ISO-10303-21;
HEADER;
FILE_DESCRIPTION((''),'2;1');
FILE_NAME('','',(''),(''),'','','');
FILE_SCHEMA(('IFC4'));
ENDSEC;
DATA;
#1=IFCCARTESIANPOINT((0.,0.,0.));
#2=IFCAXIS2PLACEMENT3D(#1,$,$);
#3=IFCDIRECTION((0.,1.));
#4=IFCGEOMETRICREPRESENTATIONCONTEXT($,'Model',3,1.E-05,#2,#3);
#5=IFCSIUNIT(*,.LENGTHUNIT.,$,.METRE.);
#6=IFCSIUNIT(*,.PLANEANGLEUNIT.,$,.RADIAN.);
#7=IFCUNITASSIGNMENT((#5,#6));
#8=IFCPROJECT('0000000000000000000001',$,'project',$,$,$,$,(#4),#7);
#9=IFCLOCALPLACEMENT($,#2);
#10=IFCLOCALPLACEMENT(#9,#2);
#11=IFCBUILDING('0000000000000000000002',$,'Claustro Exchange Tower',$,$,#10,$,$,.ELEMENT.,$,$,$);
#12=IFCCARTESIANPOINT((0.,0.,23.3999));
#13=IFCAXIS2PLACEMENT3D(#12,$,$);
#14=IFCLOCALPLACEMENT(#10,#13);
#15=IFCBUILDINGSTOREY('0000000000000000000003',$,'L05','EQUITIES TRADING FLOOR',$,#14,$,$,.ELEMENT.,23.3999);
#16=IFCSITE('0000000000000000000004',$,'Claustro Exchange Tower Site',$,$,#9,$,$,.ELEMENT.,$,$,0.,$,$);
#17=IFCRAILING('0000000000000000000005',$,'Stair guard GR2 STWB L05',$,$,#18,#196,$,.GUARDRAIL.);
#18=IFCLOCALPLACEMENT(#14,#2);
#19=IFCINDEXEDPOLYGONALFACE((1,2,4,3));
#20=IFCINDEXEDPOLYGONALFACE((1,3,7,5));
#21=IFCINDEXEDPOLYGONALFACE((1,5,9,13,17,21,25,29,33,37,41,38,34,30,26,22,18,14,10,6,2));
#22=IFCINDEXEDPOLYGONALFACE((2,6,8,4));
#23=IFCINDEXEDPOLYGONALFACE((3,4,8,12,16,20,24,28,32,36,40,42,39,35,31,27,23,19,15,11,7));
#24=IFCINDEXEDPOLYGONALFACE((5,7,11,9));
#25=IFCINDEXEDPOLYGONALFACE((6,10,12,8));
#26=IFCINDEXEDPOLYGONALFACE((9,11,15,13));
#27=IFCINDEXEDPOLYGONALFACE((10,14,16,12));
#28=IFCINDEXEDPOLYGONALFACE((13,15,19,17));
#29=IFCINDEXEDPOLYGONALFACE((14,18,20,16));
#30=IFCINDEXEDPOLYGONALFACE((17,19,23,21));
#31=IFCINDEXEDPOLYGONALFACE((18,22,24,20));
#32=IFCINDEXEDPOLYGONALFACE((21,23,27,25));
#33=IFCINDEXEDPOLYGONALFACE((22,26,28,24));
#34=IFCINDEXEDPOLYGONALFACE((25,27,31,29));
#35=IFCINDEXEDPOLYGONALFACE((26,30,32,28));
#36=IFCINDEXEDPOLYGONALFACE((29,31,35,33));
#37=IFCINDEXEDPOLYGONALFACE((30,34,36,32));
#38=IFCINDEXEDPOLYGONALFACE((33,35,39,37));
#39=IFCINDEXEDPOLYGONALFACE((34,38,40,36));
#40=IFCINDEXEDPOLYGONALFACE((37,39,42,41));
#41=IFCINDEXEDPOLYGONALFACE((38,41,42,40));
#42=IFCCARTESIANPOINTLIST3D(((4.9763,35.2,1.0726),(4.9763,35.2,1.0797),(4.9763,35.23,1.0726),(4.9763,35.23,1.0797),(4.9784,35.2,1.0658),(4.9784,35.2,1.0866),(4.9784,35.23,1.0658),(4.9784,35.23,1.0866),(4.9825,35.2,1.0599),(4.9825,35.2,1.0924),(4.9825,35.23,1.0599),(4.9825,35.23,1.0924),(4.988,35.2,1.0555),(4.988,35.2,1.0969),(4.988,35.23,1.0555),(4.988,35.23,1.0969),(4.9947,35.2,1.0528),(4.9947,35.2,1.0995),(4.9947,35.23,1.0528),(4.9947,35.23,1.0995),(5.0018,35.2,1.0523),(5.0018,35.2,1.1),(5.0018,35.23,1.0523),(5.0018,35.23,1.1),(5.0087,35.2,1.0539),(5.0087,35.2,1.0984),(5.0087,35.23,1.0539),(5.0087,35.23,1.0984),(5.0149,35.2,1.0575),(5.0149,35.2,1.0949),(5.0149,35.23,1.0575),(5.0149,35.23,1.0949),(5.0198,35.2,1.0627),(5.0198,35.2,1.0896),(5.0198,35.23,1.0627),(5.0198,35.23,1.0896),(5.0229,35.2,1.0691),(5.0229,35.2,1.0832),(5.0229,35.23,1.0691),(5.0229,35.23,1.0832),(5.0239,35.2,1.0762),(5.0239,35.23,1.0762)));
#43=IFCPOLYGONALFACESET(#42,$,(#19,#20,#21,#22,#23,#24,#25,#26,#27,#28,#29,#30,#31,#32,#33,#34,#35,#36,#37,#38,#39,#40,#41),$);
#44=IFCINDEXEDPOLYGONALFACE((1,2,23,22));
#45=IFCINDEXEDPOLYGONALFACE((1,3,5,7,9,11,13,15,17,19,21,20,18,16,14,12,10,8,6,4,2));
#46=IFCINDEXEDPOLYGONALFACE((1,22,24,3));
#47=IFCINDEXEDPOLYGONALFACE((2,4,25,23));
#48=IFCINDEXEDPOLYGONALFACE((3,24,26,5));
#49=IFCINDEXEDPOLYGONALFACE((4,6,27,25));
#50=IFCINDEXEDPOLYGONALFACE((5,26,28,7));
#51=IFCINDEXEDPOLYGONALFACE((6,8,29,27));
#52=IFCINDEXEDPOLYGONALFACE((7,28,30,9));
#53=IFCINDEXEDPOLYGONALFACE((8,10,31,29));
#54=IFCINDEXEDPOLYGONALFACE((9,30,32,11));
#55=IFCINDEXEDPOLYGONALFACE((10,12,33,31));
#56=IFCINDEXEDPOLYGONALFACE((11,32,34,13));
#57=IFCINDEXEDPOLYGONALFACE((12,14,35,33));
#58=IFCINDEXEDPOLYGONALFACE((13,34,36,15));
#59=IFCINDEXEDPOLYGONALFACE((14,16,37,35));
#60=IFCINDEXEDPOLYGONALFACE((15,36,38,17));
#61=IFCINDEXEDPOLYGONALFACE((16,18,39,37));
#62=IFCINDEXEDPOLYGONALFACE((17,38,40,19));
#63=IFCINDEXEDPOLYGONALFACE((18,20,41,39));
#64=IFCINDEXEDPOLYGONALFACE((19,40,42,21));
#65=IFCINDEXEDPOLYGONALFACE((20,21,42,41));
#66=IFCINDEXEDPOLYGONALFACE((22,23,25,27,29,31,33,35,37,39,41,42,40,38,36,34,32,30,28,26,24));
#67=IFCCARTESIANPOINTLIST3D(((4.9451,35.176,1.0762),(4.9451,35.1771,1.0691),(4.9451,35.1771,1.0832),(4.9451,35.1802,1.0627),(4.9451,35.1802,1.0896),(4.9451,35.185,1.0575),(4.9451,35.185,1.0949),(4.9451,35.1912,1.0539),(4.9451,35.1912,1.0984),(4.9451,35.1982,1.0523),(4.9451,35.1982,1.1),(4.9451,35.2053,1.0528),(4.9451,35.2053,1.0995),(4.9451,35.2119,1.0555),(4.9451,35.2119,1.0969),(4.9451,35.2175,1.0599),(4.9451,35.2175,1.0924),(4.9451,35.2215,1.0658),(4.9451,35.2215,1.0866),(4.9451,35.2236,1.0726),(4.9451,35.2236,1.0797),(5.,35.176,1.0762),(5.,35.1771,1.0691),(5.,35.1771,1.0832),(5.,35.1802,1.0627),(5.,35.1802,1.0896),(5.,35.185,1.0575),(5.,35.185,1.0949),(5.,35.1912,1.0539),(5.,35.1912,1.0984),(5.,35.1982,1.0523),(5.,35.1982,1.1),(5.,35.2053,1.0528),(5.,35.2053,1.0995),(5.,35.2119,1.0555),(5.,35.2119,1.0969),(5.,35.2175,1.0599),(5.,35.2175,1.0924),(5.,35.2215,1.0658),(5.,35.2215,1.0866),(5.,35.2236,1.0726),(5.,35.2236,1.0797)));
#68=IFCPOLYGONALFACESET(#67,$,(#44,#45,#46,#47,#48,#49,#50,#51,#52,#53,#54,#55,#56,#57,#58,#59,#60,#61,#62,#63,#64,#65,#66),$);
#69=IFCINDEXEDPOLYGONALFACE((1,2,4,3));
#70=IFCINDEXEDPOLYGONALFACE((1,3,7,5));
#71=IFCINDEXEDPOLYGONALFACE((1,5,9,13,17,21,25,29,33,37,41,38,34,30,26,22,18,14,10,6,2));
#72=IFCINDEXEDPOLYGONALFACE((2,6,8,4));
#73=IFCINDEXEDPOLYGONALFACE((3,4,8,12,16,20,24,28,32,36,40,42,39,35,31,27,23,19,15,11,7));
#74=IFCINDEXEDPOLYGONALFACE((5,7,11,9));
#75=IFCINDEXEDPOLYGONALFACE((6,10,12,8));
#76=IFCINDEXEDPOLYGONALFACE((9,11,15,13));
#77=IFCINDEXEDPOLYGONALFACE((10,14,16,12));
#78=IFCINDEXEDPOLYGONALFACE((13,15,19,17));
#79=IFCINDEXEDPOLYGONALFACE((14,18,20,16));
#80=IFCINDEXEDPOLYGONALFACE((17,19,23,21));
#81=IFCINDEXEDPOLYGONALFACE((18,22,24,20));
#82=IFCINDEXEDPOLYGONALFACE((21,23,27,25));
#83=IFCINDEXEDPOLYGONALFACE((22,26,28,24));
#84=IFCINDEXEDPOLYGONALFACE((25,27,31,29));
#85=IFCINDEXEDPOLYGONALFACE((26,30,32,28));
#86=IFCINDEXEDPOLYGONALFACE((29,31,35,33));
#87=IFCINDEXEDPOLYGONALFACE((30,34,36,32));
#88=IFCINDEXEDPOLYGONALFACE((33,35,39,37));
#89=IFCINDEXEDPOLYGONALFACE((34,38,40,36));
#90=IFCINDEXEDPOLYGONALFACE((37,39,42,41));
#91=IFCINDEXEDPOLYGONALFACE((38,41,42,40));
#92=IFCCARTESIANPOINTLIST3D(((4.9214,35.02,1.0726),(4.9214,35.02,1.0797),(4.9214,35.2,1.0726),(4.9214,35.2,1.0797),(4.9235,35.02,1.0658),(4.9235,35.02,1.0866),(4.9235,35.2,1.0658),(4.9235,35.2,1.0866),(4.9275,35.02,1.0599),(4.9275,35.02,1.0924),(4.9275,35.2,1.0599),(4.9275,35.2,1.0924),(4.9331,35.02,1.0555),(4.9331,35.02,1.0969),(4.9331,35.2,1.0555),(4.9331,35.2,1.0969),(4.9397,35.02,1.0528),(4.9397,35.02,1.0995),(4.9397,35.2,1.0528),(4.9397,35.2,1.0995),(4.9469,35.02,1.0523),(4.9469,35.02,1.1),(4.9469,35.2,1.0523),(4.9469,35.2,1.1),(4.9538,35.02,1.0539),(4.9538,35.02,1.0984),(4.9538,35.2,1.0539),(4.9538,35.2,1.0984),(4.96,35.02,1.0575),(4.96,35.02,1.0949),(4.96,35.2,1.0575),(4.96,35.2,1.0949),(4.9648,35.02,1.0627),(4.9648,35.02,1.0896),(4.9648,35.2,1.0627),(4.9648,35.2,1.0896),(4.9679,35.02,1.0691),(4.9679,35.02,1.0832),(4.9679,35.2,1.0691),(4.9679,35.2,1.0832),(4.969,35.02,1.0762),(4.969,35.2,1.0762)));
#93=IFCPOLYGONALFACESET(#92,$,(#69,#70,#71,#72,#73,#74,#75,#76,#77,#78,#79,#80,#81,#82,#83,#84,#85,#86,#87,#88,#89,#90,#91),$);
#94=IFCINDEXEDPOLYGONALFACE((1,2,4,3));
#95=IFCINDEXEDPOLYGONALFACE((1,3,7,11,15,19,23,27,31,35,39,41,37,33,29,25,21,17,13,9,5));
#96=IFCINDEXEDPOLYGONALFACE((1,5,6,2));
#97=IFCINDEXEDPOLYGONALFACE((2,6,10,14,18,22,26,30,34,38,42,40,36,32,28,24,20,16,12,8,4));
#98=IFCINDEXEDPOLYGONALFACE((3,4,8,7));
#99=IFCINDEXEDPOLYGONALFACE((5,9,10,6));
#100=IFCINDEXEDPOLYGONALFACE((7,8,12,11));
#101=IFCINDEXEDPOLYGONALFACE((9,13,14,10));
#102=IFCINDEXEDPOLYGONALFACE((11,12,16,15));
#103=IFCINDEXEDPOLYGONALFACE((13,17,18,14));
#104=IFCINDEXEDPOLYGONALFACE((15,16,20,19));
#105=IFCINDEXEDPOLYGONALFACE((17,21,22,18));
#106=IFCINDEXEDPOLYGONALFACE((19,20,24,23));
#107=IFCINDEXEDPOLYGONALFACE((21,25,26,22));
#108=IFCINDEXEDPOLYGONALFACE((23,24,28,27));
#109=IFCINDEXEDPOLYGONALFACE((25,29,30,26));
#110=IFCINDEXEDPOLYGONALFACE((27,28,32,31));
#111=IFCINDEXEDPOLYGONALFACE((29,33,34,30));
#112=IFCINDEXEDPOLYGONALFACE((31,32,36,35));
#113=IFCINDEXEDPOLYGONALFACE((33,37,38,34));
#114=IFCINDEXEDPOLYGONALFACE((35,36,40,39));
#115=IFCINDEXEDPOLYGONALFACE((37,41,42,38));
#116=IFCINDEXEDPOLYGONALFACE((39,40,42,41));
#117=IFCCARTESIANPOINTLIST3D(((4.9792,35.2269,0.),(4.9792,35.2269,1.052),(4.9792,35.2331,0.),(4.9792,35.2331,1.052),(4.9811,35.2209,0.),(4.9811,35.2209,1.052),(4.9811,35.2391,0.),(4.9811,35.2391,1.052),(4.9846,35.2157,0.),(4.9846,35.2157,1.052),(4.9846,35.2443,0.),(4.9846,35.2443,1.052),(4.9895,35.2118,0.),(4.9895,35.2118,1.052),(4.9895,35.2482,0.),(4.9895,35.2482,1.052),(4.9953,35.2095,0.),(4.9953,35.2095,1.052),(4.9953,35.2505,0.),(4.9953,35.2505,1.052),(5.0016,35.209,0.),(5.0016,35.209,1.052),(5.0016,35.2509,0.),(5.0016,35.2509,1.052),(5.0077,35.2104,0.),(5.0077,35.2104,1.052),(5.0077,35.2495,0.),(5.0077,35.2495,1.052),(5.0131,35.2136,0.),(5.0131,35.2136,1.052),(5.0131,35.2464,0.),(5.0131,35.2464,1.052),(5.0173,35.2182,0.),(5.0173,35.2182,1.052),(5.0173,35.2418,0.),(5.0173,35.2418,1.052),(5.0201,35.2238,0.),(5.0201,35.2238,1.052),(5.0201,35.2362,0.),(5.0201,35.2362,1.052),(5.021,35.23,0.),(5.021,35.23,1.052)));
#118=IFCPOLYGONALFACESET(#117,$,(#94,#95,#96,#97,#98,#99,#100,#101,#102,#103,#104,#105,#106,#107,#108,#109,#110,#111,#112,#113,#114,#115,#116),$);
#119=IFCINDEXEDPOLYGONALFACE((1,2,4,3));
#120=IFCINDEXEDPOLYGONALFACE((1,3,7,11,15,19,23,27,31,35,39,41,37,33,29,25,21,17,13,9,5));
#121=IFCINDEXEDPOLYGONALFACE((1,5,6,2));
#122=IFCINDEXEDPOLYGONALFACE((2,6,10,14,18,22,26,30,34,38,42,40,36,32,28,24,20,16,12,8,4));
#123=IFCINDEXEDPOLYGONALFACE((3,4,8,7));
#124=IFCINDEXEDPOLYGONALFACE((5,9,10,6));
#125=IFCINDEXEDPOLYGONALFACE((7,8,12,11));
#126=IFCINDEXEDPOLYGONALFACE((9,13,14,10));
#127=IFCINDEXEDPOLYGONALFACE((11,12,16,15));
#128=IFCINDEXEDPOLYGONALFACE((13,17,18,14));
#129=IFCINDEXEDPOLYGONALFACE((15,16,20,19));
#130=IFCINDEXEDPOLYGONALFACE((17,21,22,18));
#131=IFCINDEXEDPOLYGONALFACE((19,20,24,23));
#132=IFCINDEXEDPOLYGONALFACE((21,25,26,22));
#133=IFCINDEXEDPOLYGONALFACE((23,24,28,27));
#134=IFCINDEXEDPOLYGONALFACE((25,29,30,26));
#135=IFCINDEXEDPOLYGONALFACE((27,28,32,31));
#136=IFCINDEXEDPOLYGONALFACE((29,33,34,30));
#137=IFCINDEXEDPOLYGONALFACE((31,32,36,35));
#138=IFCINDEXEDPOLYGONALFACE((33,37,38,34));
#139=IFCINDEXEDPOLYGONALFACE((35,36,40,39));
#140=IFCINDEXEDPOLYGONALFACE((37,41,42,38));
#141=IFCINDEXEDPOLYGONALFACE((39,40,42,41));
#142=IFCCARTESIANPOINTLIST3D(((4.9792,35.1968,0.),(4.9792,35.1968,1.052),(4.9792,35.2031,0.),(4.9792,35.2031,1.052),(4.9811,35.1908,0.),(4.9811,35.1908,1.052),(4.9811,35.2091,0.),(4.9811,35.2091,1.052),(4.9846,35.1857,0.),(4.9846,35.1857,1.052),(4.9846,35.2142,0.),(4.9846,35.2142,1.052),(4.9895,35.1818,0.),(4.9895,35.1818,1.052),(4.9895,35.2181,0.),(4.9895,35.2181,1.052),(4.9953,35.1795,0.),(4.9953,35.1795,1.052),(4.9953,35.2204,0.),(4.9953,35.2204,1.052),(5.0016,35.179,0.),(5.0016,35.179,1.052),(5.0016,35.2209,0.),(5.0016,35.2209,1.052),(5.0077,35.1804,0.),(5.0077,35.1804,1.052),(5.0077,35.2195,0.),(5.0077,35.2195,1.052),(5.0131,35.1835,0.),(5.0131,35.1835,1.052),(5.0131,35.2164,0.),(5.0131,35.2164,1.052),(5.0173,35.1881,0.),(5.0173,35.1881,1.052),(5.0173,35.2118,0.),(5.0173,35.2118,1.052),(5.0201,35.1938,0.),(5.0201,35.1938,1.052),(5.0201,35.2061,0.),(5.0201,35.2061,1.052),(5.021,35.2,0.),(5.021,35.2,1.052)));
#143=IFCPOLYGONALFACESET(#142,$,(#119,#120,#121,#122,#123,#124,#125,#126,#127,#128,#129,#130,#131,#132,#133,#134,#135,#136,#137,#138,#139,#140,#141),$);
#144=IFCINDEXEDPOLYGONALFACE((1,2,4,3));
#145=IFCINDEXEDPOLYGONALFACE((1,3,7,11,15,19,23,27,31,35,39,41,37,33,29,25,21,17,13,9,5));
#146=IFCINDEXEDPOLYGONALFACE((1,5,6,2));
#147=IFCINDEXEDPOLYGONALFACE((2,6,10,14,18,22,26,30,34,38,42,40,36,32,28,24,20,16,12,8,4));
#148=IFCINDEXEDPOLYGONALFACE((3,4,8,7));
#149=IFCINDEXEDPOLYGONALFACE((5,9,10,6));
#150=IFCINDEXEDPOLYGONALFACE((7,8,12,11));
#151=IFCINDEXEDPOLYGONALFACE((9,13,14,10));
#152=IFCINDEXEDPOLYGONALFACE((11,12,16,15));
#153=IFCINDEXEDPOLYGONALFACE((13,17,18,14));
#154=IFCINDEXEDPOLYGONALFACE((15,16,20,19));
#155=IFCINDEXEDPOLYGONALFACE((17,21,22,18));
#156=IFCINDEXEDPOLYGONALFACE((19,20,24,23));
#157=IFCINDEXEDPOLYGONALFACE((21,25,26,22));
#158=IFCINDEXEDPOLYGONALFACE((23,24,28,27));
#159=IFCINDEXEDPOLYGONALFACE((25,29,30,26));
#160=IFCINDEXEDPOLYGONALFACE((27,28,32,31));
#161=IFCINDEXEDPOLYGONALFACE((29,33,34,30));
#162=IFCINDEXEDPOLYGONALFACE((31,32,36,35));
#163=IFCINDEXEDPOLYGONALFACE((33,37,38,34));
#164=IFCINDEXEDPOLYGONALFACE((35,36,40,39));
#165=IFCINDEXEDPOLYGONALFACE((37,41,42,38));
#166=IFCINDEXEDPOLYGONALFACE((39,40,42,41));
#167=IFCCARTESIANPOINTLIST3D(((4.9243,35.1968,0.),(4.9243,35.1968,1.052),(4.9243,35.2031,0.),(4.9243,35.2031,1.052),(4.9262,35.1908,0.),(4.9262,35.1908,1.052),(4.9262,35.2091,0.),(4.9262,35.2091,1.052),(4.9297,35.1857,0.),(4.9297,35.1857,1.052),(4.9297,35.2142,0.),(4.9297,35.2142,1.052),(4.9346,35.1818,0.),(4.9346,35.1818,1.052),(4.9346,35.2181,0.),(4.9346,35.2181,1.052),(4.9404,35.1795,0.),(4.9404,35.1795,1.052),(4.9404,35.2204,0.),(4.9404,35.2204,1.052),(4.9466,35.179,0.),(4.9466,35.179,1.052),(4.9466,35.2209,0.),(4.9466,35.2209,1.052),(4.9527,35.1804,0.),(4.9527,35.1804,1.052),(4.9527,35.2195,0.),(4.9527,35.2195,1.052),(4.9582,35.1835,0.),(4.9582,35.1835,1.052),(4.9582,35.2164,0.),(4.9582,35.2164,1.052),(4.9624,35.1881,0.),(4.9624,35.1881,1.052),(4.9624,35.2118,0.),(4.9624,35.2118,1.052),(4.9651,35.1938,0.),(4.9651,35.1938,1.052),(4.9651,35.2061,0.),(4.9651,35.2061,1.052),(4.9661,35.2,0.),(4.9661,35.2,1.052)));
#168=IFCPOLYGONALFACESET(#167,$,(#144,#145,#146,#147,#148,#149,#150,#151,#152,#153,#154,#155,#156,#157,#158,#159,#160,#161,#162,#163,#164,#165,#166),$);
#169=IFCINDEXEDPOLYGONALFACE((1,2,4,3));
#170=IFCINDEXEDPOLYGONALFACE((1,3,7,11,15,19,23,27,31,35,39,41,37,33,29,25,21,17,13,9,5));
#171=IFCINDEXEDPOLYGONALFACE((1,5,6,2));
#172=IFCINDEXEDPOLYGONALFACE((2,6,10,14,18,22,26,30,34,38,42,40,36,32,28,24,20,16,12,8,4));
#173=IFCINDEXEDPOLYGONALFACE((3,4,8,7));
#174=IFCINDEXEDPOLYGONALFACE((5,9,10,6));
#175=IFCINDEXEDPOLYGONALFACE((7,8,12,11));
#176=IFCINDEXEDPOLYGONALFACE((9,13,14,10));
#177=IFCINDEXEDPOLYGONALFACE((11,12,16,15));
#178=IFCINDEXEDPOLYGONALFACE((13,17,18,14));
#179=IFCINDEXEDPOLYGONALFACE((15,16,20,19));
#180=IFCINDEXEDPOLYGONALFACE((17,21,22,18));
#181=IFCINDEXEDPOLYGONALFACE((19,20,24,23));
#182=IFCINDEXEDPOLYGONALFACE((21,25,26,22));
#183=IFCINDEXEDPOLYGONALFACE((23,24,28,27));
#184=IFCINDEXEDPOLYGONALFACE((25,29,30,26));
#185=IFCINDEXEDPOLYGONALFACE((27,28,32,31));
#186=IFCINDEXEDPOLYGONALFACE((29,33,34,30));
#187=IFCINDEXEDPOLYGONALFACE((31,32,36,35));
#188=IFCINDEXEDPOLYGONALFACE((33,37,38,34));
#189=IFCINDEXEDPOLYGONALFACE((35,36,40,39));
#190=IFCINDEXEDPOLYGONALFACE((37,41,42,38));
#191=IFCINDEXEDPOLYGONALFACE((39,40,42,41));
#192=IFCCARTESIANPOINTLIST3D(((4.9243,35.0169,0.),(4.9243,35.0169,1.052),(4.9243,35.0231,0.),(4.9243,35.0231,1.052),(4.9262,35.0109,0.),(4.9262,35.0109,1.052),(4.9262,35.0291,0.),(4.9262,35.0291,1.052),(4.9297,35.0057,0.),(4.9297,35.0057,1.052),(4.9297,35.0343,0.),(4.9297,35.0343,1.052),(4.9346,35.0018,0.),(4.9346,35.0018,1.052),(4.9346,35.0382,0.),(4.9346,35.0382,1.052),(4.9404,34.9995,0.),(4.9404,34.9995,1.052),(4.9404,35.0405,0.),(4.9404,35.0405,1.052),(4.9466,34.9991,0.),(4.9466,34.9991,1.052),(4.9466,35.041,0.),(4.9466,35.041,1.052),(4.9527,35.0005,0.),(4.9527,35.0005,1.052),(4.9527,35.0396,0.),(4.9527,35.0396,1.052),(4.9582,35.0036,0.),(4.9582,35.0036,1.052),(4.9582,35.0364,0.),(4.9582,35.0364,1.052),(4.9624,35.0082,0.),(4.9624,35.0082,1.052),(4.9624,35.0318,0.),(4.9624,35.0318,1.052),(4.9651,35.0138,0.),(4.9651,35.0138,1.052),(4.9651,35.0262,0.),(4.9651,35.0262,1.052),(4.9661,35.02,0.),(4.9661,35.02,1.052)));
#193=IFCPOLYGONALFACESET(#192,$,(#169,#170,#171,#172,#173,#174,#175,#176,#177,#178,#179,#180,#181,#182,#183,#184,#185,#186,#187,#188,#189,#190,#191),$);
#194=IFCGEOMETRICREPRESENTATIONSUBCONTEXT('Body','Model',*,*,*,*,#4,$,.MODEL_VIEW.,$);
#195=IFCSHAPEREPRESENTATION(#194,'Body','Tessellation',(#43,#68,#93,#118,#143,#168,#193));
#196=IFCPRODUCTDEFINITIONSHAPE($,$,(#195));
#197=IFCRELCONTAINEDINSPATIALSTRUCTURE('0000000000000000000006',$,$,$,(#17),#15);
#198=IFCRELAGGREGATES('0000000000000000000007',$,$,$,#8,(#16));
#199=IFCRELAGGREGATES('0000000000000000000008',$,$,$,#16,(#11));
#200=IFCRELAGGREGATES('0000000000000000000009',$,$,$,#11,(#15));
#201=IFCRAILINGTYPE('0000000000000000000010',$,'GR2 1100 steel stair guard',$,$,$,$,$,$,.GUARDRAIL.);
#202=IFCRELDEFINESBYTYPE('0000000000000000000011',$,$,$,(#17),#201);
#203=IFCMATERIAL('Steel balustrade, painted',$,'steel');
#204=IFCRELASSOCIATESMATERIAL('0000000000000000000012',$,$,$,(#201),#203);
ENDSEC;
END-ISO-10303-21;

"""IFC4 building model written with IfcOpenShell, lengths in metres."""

from ifc_helpers import new_model, si_unit, direction, frame, origin, origin_2d, place, context, subcontext, project, spatial, circle, extrude, material, type_object, element, save


model = new_model("IFC4")

# Units and contexts
model_context = context("Model", 3, precision=1e-05, world=origin(), true_north=direction((0.0, 1.0)))
body_context = subcontext(model_context, "Body", "Model", "MODEL_VIEW")
ifc_project = project(units=[si_unit("LENGTHUNIT", "METRE"), si_unit("PLANEANGLEUNIT", "RADIAN")], contexts=[model_context])

# Site, building, storey
site_placement = place(None, origin())
site = spatial("IfcSite", under=ifc_project, at=site_placement, Name="Claustro Exchange Tower Site", CompositionType="ELEMENT", RefElevation=0.0)
building_placement = place(site_placement, origin())
building = spatial("IfcBuilding", under=site, at=building_placement, Name="Claustro Exchange Tower", CompositionType="ELEMENT")
storey_placement = place(building_placement, frame((0.0, 0.0, 23.3999)))
storey = spatial("IfcBuildingStorey", under=building, at=storey_placement, Name="L05", Description="EQUITIES TRADING FLOOR", CompositionType="ELEMENT", Elevation=23.3999)

# Railing
ifc_material_1 = material(Name="Steel balustrade, painted", Category="steel")
railing_type_1 = type_object("IfcRailingType", Name="GR2 1100 steel stair guard", PredefinedType="GUARDRAIL", material=ifc_material_1)
railing_1_placement = place(storey_placement, frame((5.0, 35.23, 0.0)))
element("IfcRailing", 1, at=railing_1_placement, inside=storey, type_object=railing_type_1, Name="Stair guard GR2 STWB L05", PredefinedType="GUARDRAIL", context=body_context, shape_type="SweptSolid", body=[
    extrude(circle(Radius=0.0239, at=origin_2d()), frame((0.0, 0.0, 1.0762), z_axis=(0.0, -1.0, 0.0), x_axis=(1.0, 0.0, 0.0)), (0.0, 0.0, 1.0), 0.03),
    extrude(circle(Radius=0.0239, at=origin_2d()), frame((0.0, -0.03, 1.0762), z_axis=(-1.0, 0.0, 0.0), x_axis=(0.0, -1.0, 0.0)), (0.0, 0.0, 1.0), 0.0549),
    extrude(circle(Radius=0.0239, at=origin_2d()), frame((-0.0549, -0.03, 1.0762), z_axis=(0.0, -1.0, 0.0), x_axis=(1.0, 0.0, 0.0)), (0.0, 0.0, 1.0), 0.1799),
    extrude(circle(Radius=0.021, at=origin_2d()), origin(), (0.0, 0.0, 1.0), 1.052),
    extrude(circle(Radius=0.021, at=origin_2d()), frame((0.0, -0.03, 0.0)), (0.0, 0.0, 1.0), 1.052),
    extrude(circle(Radius=0.021, at=origin_2d()), frame((-0.0549, -0.03, 0.0)), (0.0, 0.0, 1.0), 1.052),
    extrude(circle(Radius=0.021, at=origin_2d()), frame((-0.0549, -0.21, 0.0)), (0.0, 0.0, 1.0), 1.052),
])

save(model, "model.ifc")
